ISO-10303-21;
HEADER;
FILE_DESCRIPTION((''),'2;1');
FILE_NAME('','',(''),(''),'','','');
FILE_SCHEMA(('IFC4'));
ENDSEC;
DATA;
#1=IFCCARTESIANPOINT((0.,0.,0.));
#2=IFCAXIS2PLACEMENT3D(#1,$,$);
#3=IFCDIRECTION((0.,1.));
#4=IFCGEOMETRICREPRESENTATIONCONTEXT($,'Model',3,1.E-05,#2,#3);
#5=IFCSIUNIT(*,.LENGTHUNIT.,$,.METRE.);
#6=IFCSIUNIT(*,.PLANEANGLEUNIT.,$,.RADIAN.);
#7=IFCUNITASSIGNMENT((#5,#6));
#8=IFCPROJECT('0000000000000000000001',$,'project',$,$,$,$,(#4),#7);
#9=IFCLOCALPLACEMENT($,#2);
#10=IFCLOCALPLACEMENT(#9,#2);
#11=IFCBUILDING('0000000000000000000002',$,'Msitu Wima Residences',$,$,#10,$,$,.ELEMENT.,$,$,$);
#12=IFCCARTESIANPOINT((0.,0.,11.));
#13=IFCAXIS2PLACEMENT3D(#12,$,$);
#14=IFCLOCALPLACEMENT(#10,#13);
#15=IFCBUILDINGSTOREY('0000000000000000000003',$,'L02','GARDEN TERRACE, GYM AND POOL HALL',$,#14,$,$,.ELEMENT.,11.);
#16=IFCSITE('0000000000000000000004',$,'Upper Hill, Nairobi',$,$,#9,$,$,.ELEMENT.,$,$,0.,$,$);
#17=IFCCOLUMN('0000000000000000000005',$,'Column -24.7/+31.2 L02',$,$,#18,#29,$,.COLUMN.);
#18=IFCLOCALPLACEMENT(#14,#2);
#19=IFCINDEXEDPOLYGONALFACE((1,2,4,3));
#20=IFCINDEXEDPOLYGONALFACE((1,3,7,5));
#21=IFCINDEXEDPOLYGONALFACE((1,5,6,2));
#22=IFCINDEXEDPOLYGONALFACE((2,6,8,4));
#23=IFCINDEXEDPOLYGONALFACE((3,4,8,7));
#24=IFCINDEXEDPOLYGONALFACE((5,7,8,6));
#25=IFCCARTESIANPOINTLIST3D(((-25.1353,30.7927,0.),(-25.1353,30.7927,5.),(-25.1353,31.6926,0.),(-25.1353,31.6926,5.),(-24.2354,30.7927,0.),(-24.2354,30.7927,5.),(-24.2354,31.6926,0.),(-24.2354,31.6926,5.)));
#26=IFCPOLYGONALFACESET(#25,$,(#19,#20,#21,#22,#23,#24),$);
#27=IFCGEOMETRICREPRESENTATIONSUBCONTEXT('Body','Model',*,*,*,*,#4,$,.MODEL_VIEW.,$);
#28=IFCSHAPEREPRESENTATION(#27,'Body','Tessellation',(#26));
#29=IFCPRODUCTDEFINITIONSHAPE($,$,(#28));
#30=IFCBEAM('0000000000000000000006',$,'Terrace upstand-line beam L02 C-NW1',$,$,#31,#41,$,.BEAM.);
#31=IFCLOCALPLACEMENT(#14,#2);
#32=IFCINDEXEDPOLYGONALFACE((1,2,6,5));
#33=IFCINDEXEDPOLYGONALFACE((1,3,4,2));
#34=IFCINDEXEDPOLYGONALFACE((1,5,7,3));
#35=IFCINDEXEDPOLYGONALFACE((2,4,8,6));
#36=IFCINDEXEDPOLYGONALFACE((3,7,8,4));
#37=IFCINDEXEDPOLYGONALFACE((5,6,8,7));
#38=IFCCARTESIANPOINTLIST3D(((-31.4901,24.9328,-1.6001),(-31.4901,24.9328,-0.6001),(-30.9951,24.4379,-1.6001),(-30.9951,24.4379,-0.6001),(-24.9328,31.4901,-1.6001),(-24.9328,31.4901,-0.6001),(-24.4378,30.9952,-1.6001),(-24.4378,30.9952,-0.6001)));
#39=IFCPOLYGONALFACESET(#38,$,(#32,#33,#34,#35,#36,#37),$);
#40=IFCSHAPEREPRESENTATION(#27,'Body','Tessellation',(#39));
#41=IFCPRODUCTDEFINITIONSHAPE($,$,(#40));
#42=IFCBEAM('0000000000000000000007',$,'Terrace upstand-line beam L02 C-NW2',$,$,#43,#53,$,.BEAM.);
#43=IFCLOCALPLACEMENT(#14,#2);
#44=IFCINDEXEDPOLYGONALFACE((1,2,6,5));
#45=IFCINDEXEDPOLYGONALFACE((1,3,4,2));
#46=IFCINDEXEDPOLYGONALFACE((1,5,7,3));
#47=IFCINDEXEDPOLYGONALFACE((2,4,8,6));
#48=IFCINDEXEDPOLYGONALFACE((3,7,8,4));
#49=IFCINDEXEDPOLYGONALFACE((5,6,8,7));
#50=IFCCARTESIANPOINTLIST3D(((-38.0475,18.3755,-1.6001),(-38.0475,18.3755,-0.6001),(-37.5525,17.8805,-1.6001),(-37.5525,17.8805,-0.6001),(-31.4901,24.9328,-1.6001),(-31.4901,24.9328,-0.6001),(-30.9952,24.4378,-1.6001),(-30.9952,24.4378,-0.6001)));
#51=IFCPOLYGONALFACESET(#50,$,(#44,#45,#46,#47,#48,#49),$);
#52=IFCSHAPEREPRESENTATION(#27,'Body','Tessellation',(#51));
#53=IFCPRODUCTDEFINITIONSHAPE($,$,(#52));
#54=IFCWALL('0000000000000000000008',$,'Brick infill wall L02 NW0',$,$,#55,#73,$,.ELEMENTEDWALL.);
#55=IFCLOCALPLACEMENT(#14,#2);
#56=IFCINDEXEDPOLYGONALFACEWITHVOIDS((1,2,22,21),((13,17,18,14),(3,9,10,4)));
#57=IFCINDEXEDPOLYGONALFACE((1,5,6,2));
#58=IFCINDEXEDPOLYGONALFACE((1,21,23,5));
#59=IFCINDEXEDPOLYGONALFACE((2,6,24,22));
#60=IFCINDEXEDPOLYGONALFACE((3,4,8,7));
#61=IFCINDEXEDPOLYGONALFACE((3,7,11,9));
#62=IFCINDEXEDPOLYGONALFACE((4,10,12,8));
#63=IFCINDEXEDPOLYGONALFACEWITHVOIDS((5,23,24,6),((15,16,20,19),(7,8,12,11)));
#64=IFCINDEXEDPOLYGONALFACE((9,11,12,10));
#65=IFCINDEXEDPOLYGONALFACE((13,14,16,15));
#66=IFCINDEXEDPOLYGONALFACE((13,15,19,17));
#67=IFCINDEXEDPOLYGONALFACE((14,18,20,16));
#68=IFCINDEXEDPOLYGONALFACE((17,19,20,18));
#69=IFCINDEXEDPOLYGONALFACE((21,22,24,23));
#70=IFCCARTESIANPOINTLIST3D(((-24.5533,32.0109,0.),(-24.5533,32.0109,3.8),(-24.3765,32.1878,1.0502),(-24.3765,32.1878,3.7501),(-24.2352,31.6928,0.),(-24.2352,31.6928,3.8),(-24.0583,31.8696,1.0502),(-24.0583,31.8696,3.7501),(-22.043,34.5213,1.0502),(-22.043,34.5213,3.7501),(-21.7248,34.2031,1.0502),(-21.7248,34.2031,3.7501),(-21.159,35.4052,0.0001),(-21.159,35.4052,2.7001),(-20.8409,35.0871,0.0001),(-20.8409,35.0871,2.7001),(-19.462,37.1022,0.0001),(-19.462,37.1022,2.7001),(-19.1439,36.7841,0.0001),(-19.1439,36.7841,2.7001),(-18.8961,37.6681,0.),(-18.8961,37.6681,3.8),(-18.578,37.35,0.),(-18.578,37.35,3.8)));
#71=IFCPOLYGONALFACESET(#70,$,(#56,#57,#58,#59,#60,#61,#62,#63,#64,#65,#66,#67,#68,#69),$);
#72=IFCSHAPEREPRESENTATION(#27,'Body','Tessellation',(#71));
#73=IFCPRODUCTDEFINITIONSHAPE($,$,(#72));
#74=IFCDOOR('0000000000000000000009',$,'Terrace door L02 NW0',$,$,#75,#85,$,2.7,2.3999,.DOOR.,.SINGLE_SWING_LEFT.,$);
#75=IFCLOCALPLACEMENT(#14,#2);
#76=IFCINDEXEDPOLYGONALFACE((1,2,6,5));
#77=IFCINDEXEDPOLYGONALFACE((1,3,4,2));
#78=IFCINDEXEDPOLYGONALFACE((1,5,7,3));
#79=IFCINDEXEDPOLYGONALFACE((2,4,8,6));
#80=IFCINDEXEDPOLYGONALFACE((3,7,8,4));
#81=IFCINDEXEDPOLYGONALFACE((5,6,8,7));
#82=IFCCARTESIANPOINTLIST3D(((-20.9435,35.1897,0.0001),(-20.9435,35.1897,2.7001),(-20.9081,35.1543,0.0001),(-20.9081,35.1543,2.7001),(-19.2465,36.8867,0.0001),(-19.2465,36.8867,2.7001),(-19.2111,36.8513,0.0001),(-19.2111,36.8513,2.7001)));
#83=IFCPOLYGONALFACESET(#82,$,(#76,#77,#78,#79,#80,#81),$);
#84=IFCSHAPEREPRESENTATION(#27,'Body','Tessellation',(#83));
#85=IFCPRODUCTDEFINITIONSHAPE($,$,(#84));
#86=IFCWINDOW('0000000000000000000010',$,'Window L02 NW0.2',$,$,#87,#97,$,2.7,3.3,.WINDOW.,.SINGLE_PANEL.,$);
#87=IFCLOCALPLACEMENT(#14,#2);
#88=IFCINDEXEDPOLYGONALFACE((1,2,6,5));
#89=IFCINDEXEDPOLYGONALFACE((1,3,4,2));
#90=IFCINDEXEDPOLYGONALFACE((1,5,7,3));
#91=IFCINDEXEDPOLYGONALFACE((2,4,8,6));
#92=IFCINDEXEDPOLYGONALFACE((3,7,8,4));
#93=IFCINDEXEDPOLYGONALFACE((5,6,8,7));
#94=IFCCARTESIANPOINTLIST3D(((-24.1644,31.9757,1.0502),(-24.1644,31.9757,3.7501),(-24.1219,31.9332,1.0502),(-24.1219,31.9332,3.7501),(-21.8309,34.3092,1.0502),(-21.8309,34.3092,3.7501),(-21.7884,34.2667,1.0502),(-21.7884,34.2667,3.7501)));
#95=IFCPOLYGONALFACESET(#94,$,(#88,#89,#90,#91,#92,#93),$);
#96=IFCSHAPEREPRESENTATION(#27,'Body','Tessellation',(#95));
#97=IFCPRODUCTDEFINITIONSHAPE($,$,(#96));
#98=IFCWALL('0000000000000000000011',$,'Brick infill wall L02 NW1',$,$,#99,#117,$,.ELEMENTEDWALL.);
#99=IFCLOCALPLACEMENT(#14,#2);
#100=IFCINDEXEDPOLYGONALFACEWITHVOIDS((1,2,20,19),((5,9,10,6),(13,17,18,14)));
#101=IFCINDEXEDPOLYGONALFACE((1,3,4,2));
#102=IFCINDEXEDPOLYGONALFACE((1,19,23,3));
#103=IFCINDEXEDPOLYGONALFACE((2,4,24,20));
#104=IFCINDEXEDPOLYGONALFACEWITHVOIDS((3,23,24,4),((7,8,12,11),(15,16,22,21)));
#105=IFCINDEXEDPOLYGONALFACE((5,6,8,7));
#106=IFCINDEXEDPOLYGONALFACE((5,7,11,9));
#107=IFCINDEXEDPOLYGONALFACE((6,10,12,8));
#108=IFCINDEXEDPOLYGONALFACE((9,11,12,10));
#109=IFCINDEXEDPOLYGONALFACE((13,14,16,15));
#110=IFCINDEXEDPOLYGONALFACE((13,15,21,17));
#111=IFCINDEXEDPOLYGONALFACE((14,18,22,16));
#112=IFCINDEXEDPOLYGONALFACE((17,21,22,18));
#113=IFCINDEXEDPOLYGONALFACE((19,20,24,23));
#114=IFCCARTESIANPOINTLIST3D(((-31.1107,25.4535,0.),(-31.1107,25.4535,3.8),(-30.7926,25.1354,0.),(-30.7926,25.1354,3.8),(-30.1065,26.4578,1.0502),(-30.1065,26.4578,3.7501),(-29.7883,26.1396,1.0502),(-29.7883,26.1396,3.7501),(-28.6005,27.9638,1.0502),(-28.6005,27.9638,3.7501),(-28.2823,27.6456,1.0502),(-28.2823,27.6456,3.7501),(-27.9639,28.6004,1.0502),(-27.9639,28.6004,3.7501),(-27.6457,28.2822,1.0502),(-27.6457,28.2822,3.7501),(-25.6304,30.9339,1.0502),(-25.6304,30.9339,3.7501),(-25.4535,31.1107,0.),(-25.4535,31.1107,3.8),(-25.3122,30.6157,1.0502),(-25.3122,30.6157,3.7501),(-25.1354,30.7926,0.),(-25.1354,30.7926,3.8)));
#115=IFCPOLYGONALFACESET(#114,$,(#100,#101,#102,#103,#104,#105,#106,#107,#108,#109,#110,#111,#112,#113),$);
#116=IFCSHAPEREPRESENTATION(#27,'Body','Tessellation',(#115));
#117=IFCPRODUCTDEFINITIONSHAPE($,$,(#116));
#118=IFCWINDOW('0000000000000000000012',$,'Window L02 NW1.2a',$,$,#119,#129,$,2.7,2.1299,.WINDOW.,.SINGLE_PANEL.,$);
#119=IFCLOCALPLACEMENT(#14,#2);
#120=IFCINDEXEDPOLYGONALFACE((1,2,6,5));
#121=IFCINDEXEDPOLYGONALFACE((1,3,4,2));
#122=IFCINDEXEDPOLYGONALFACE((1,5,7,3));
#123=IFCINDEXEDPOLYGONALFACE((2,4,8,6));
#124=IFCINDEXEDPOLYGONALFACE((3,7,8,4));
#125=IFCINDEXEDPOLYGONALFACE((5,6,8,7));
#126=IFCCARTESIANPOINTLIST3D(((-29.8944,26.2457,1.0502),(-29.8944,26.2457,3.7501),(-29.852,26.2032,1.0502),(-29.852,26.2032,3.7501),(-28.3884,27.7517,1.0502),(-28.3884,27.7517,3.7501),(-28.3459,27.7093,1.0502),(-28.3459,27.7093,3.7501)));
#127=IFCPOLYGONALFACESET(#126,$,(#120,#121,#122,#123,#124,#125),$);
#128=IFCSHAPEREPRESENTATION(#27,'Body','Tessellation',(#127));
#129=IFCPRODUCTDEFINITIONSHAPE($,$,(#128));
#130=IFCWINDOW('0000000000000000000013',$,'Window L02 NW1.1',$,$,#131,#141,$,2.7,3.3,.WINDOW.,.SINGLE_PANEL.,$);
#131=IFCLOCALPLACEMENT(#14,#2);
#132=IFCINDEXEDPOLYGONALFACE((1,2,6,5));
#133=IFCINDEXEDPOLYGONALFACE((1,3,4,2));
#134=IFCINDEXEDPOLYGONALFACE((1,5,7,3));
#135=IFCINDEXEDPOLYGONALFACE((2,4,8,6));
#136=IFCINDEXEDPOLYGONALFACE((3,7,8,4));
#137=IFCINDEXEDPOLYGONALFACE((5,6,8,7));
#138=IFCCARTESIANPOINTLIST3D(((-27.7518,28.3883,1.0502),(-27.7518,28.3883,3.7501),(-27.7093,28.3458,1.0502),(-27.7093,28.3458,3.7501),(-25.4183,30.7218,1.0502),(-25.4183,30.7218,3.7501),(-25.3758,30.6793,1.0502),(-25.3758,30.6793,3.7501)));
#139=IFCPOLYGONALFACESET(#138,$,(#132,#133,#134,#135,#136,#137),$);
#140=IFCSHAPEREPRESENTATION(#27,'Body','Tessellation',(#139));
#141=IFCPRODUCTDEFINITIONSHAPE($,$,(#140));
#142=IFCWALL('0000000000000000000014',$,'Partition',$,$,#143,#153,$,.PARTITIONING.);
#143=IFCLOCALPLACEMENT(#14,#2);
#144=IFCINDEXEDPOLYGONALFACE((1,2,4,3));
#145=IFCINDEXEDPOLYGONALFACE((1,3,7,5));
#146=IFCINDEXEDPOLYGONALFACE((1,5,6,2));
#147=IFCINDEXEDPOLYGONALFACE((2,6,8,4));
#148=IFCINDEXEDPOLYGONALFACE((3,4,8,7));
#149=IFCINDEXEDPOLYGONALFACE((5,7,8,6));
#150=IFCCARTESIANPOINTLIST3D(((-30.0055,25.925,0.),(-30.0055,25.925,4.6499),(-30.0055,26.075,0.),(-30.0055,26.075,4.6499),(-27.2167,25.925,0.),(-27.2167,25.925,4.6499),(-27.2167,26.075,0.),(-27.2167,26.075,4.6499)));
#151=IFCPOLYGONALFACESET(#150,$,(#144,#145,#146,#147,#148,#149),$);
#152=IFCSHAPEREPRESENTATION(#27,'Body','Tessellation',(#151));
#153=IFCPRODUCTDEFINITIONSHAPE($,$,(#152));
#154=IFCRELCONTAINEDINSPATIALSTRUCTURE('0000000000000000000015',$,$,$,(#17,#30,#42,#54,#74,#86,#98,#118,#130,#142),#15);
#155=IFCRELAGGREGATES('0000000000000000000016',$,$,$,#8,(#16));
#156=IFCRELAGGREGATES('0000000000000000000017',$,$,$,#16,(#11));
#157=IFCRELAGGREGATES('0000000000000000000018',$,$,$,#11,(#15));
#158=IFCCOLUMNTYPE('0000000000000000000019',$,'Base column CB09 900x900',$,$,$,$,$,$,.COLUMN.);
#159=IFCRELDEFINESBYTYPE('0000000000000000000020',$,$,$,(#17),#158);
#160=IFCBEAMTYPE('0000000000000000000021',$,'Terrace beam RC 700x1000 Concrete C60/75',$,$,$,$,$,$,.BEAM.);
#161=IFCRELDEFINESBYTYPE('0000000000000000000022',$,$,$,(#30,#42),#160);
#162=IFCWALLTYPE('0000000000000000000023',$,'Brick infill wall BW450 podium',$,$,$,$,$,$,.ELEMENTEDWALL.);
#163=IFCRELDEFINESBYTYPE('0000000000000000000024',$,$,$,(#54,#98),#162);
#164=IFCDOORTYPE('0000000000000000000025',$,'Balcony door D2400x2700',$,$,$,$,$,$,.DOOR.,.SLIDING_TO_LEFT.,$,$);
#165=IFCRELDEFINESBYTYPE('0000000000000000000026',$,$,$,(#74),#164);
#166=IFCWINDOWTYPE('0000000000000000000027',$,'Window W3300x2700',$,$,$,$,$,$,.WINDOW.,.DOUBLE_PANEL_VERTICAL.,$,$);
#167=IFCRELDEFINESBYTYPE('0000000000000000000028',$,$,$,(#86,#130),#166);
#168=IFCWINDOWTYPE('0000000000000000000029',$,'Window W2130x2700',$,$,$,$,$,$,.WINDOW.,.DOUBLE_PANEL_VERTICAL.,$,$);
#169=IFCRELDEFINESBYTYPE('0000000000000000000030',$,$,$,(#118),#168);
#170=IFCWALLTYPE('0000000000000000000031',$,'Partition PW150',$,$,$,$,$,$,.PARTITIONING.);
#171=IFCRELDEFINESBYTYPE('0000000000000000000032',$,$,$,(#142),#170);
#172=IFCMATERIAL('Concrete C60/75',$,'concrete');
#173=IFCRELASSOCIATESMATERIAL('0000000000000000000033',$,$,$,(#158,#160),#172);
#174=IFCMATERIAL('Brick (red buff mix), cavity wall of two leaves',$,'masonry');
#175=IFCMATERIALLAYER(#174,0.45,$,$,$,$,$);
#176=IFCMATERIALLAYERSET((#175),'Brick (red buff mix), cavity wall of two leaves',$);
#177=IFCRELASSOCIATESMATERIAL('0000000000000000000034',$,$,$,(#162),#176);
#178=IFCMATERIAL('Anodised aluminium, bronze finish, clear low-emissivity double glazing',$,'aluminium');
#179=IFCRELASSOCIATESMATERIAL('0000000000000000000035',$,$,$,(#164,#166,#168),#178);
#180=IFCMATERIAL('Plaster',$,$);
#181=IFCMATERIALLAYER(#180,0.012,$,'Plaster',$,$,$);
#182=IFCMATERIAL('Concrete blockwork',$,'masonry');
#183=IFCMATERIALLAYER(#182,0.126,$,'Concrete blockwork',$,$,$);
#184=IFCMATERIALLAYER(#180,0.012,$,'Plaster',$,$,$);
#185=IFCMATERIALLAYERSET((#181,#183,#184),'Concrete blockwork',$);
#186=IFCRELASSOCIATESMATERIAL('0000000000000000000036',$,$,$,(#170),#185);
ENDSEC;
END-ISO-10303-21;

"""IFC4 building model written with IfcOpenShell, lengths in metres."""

from ifc_helpers import new_model, si_unit, direction, frame, frame_2d, origin, origin_2d, place, context, subcontext, project, spatial, rectangle, extrude, material, layer, layer_set, material_profile, profile_set, type_object, element, fill, save


model = new_model("IFC4")

# Units and contexts
model_context = context("Model", 3, precision=1e-05, world=origin(), true_north=direction((0.0, 1.0)))
body_context = subcontext(model_context, "Body", "Model", "MODEL_VIEW")
ifc_project = project(units=[si_unit("LENGTHUNIT", "METRE"), si_unit("PLANEANGLEUNIT", "RADIAN")], contexts=[model_context])

# Site, building, storey
site_placement = place(None, origin())
site = spatial("IfcSite", under=ifc_project, at=site_placement, Name="Upper Hill, Nairobi", CompositionType="ELEMENT", RefElevation=0.0)
building_placement = place(site_placement, origin())
building = spatial("IfcBuilding", under=site, at=building_placement, Name="Msitu Wima Residences", CompositionType="ELEMENT")
storey_placement = place(building_placement, frame((0.0, 0.0, 11.0)))
storey = spatial("IfcBuildingStorey", under=building, at=storey_placement, Name="L02", Description="GARDEN TERRACE, GYM AND POOL HALL", CompositionType="ELEMENT", Elevation=11.0)

# Column
ifc_material_1 = material(Name="Concrete C60/75", Category="concrete")
ifc_material_profile_1 = material_profile(ifc_material_1, rectangle(XDim=0.8999, YDim=0.8999, at=origin_2d()), Name="RC 900x900")
ifc_profile_set_1 = profile_set([ifc_material_profile_1], Name="Concrete C60/75")
column_type = type_object("IfcColumnType", Name="Base column CB09 900x900", PredefinedType="COLUMN", material=ifc_profile_set_1)
column_placement = place(storey_placement, frame((-24.6853, 31.2427, 0.0), z_axis=(0.0, 0.0, 1.0), x_axis=(1.0, 0.0, 0.0)))
element("IfcColumn", 1, at=column_placement, inside=storey, type_object=column_type, Name="Column -24.7/+31.2 L02", PredefinedType="COLUMN", context=body_context, shape_type="SweptSolid", body=[
    extrude(rectangle(XDim=0.8999, YDim=0.8999, at=origin_2d()), origin(), (0.0, 0.0, 1.0), 5.0),
])

# Beams
ifc_material_profile_2 = material_profile(ifc_material_1, rectangle(XDim=0.7, YDim=1.0, at=origin_2d()), Name="RC 700x1000")
ifc_profile_set_2 = profile_set([ifc_material_profile_2], Name="Concrete C60/75")
beam_type = type_object("IfcBeamType", Name="Terrace beam RC 700x1000 Concrete C60/75", PredefinedType="BEAM", material=ifc_profile_set_2)
for number, where, z_axis, x_axis, name in (
    (2, (-24.6853, 31.2427, -1.1001), (-0.707107, -0.707107, 0.0), (0.707107, -0.707107, 0.0), "Terrace upstand-line beam L02 C-NW1"),
    (3, (-31.2427, 24.6853, -1.1001), (-0.707107, -0.707107, 0.0), (0.707107, -0.707107, 0.0), "Terrace upstand-line beam L02 C-NW2"),
):
    element("IfcBeam", number, at=place(storey_placement, frame(where, z_axis=z_axis, x_axis=x_axis)), inside=storey, type_object=beam_type, Name=name, PredefinedType="BEAM", context=body_context, shape_type="SweptSolid", body=[
        extrude(rectangle(XDim=0.7, YDim=1.0, at=origin_2d()), origin(), (0.0, 0.0, 1.0), 9.2734),
    ])

# Wall, openings, door, window
ifc_material_2 = material(Name="Brick (red buff mix), cavity wall of two leaves", Category="masonry")
ifc_layer_1 = layer(ifc_material_2, 0.45)
ifc_layer_set_1 = layer_set([ifc_layer_1], Name="Brick (red buff mix), cavity wall of two leaves")
wall_type_1 = type_object("IfcWallType", Name="Brick infill wall BW450 podium", PredefinedType="ELEMENTEDWALL", material=ifc_layer_set_1)
wall_1_placement = place(storey_placement, frame((-18.7371, 37.509, 0.0), z_axis=(0.0, 0.0, 1.0), x_axis=(-0.707107, -0.707107, 0.0)))
wall_1 = element("IfcWall", 4, at=wall_1_placement, inside=storey, type_object=wall_type_1, Name="Brick infill wall L02 NW0", PredefinedType="ELEMENTEDWALL", context=body_context, shape_type="SweptSolid", body=[
    extrude(rectangle(XDim=8.0005, YDim=0.45, at=frame_2d((4.0002, 0.0))), origin(), (0.0, 0.0, 1.0), 3.8),
])
opening_1_placement = place(wall_1_placement, frame((0.8003, 0.0, 0.0)))
opening_1 = element("IfcOpeningElement", 5, at=opening_1_placement, cuts=wall_1, PredefinedType="OPENING", context=body_context, shape_type="SweptSolid", body=[
    extrude(rectangle(XDim=2.3999, YDim=2.7, at=frame_2d((1.2, 1.3501))), frame((0.0, 0.2349, 0.0), z_axis=(0.0, -1.0, 0.0), x_axis=(1.0, 0.0, 0.0)), (0.0, 0.0, 1.0), 0.47),
])
opening_2_placement = place(wall_1_placement, frame((4.4504, 0.0, 1.05)))
opening_2 = element("IfcOpeningElement", 6, at=opening_2_placement, cuts=wall_1, PredefinedType="OPENING", context=body_context, shape_type="SweptSolid", body=[
    extrude(rectangle(XDim=3.3, YDim=2.7, at=frame_2d((1.6499, 1.3501))), frame((0.0, 0.2349, 0.0), z_axis=(0.0, -1.0, 0.0), x_axis=(1.0, 0.0, 0.0)), (0.0, 0.0, 1.0), 0.47),
])
ifc_material_3 = material(Name="Anodised aluminium, bronze finish, clear low-emissivity double glazing", Category="aluminium")
door_type = type_object("IfcDoorType", Name="Balcony door D2400x2700", OperationType="SLIDING_TO_LEFT", PredefinedType="DOOR", material=ifc_material_3)
door_placement = place(opening_1_placement, origin())
door = element("IfcDoor", 7, at=door_placement, inside=storey, type_object=door_type, Name="Terrace door L02 NW0", OperationType="SINGLE_SWING_LEFT", OverallHeight=2.7, OverallWidth=2.3999, PredefinedType="DOOR", context=body_context, shape_type="SweptSolid", body=[
    extrude(rectangle(XDim=2.3999, YDim=2.7, at=frame_2d((1.2, 1.3501))), frame((0.0, 0.1299, 0.0), z_axis=(0.0, -1.0, 0.0), x_axis=(1.0, 0.0, 0.0)), (0.0, 0.0, 1.0), 0.05),
])
fill(opening_1, door)
window_type_1 = type_object("IfcWindowType", Name="Window W3300x2700", PartitioningType="DOUBLE_PANEL_VERTICAL", PredefinedType="WINDOW", material=ifc_material_3)
window_1_placement = place(opening_2_placement, origin())
window_1 = element("IfcWindow", 8, at=window_1_placement, inside=storey, type_object=window_type_1, Name="Window L02 NW0.2", OverallHeight=2.7, OverallWidth=3.3, PartitioningType="SINGLE_PANEL", PredefinedType="WINDOW", context=body_context, shape_type="SweptSolid", body=[
    extrude(rectangle(XDim=3.3, YDim=2.7, at=frame_2d((1.6499, 1.3501))), frame((0.0, 0.135, 0.0), z_axis=(0.0, -1.0, 0.0), x_axis=(1.0, 0.0, 0.0)), (0.0, 0.0, 1.0), 0.0601),
])
fill(opening_2, window_1)

# Wall, openings, windows
wall_2_placement = place(storey_placement, frame((-25.2944, 30.9517, 0.0), z_axis=(0.0, 0.0, 1.0), x_axis=(-0.707107, -0.707107, 0.0)))
wall_2 = element("IfcWall", 9, at=wall_2_placement, inside=storey, type_object=wall_type_1, Name="Brick infill wall L02 NW1", PredefinedType="ELEMENTEDWALL", context=body_context, shape_type="SweptSolid", body=[
    extrude(rectangle(XDim=8.0005, YDim=0.45, at=frame_2d((4.0002, 0.0))), origin(), (0.0, 0.0, 1.0), 3.8),
])
opening_3_placement = place(wall_2_placement, frame((0.2502, 0.0, 1.05)))
opening_3 = element("IfcOpeningElement", 10, at=opening_3_placement, cuts=wall_2, PredefinedType="OPENING", context=body_context, shape_type="SweptSolid", body=[
    extrude(rectangle(XDim=3.3, YDim=2.7, at=frame_2d((1.6499, 1.3501))), frame((0.0, 0.2349, 0.0), z_axis=(0.0, -1.0, 0.0), x_axis=(1.0, 0.0, 0.0)), (0.0, 0.0, 1.0), 0.47),
])
opening_4_placement = place(wall_2_placement, frame((4.4504, 0.0, 1.05)))
opening_4 = element("IfcOpeningElement", 11, at=opening_4_placement, cuts=wall_2, PredefinedType="OPENING", context=body_context, shape_type="SweptSolid", body=[
    extrude(rectangle(XDim=2.1299, YDim=2.7, at=frame_2d((1.0649, 1.3501))), frame((0.0, 0.2349, 0.0), z_axis=(0.0, -1.0, 0.0), x_axis=(1.0, 0.0, 0.0)), (0.0, 0.0, 1.0), 0.47),
])
window_type_2 = type_object("IfcWindowType", Name="Window W2130x2700", PartitioningType="DOUBLE_PANEL_VERTICAL", PredefinedType="WINDOW", material=ifc_material_3)
window_2_placement = place(opening_4_placement, origin())
window_2 = element("IfcWindow", 12, at=window_2_placement, inside=storey, type_object=window_type_2, Name="Window L02 NW1.2a", OverallHeight=2.7, OverallWidth=2.1299, PartitioningType="SINGLE_PANEL", PredefinedType="WINDOW", context=body_context, shape_type="SweptSolid", body=[
    extrude(rectangle(XDim=2.1299, YDim=2.7, at=frame_2d((1.0649, 1.3501))), frame((0.0, 0.135, 0.0), z_axis=(0.0, -1.0, 0.0), x_axis=(1.0, 0.0, 0.0)), (0.0, 0.0, 1.0), 0.0601),
])
fill(opening_4, window_2)
window_3_placement = place(opening_3_placement, origin())
window_3 = element("IfcWindow", 13, at=window_3_placement, inside=storey, type_object=window_type_1, Name="Window L02 NW1.1", OverallHeight=2.7, OverallWidth=3.3, PartitioningType="SINGLE_PANEL", PredefinedType="WINDOW", context=body_context, shape_type="SweptSolid", body=[
    extrude(rectangle(XDim=3.3, YDim=2.7, at=frame_2d((1.6499, 1.3501))), frame((0.0, 0.135, 0.0), z_axis=(0.0, -1.0, 0.0), x_axis=(1.0, 0.0, 0.0)), (0.0, 0.0, 1.0), 0.0601),
])
fill(opening_3, window_3)

# Wall
ifc_material_4 = material(Name="Plaster")
ifc_layer_2 = layer(ifc_material_4, 0.012, Name="Plaster")
ifc_material_5 = material(Name="Concrete blockwork", Category="masonry")
ifc_layer_3 = layer(ifc_material_5, 0.126, Name="Concrete blockwork")
ifc_layer_4 = layer(ifc_material_4, 0.012, Name="Plaster")
ifc_layer_set_2 = layer_set([ifc_layer_2, ifc_layer_3, ifc_layer_4], Name="Concrete blockwork")
wall_type_2 = type_object("IfcWallType", Name="Partition PW150", PredefinedType="PARTITIONING", material=ifc_layer_set_2)
wall_3_placement = place(storey_placement, frame((-30.0056, 26.0, 0.0), z_axis=(0.0, 0.0, 1.0), x_axis=(1.0, 0.0, 0.0)))
element("IfcWall", 14, at=wall_3_placement, inside=storey, type_object=wall_type_2, Name="Partition", PredefinedType="PARTITIONING", context=body_context, shape_type="SweptSolid", body=[
    extrude(rectangle(XDim=2.7888, YDim=0.1499, at=frame_2d((1.3945, 0.0))), origin(), (0.0, 0.0, 1.0), 4.6499),
])

save(model, "model.ifc")
